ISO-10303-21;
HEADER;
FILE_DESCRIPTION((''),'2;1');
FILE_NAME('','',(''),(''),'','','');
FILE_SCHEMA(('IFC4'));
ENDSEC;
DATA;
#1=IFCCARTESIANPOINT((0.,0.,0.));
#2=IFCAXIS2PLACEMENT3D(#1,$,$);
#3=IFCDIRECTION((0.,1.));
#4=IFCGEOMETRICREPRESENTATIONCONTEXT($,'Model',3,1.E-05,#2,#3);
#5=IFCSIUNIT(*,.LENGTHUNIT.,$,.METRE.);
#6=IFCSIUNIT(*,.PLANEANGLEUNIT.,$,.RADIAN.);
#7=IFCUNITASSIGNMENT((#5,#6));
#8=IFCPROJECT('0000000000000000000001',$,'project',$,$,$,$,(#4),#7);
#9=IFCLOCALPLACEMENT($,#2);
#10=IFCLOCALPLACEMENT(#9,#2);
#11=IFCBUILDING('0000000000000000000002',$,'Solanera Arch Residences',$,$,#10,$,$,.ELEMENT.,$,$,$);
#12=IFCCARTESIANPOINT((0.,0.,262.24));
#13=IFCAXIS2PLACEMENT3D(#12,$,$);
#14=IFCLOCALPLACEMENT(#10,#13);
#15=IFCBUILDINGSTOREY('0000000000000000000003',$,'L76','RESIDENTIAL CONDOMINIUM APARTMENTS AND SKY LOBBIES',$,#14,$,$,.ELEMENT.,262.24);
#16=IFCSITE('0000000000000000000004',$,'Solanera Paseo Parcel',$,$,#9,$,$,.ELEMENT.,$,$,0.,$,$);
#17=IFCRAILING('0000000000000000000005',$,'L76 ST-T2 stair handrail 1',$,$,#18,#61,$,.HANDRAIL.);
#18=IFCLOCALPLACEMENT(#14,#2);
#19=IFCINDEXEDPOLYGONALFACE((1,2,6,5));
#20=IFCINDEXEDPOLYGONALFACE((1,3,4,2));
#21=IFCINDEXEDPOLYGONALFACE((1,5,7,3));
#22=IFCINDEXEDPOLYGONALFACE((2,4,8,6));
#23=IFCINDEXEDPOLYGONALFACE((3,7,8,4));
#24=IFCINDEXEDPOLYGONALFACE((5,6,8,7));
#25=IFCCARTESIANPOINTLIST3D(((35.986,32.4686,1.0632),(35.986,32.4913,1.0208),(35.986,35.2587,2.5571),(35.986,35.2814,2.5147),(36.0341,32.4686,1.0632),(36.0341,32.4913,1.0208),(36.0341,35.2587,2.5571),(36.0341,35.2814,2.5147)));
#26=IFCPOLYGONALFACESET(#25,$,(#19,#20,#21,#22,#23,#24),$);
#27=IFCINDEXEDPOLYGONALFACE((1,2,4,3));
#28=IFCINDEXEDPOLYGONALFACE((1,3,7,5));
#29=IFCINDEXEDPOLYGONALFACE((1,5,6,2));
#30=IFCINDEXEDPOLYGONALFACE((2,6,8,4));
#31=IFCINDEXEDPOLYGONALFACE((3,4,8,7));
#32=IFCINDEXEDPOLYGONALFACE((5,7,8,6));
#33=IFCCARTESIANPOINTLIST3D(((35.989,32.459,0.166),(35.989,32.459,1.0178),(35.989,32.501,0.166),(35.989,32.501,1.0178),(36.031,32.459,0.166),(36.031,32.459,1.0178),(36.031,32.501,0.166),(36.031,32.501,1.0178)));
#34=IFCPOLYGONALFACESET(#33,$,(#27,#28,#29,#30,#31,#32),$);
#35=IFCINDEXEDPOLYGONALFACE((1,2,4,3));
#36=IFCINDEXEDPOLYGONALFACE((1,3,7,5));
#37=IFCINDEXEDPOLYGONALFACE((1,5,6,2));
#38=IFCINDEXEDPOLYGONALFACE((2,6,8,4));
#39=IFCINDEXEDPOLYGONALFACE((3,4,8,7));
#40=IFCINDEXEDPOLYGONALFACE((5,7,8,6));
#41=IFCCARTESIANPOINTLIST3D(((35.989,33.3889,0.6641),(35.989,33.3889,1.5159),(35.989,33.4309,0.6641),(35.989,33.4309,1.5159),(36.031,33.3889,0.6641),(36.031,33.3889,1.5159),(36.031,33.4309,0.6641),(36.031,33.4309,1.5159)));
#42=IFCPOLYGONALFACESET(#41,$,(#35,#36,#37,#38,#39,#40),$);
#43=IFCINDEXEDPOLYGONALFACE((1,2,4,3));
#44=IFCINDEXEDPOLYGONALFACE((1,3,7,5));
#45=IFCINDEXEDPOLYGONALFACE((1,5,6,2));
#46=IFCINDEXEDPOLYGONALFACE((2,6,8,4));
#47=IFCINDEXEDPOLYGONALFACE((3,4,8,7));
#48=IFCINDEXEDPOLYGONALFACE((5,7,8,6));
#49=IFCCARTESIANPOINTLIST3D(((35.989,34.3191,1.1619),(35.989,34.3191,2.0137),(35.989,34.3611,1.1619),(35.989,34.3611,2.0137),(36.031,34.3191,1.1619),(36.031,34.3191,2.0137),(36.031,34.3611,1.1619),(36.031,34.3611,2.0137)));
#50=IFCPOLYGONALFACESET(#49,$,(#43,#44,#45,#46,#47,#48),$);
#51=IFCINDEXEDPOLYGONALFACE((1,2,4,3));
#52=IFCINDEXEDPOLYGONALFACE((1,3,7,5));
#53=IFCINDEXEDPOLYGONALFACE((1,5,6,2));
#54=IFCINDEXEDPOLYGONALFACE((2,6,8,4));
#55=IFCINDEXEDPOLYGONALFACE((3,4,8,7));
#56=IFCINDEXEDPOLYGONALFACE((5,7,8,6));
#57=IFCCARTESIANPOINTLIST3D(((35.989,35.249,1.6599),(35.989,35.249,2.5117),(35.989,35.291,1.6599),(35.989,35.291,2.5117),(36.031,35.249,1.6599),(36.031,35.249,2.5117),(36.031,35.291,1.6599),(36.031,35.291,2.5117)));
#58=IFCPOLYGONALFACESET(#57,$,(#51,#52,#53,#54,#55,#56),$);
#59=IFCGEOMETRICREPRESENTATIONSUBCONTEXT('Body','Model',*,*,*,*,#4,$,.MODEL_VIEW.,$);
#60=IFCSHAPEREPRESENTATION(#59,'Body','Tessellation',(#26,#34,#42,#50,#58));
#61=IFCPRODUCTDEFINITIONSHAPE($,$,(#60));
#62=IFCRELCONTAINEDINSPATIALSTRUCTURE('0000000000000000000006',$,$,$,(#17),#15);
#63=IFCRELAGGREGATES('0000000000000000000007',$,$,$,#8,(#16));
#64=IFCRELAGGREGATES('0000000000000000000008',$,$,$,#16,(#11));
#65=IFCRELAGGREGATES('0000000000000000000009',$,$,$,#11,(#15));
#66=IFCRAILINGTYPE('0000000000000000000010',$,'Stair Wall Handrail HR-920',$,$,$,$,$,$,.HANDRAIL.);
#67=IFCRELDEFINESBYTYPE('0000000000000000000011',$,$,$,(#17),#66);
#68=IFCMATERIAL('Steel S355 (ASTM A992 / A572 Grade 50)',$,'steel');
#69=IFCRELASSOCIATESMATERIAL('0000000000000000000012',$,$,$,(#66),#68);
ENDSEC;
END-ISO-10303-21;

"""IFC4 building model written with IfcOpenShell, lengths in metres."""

from ifc_helpers import new_model, si_unit, direction, frame, origin, origin_2d, place, context, subcontext, project, spatial, rectangle, extrude, material, type_object, element, save


model = new_model("IFC4")

# Units and contexts
model_context = context("Model", 3, precision=1e-05, world=origin(), true_north=direction((0.0, 1.0)))
body_context = subcontext(model_context, "Body", "Model", "MODEL_VIEW")
ifc_project = project(units=[si_unit("LENGTHUNIT", "METRE"), si_unit("PLANEANGLEUNIT", "RADIAN")], contexts=[model_context])

# Site, building, storey
site_placement = place(None, origin())
site = spatial("IfcSite", under=ifc_project, at=site_placement, Name="Solanera Paseo Parcel", CompositionType="ELEMENT", RefElevation=0.0)
building_placement = place(site_placement, origin())
building = spatial("IfcBuilding", under=site, at=building_placement, Name="Solanera Arch Residences", CompositionType="ELEMENT")
storey_placement = place(building_placement, frame((0.0, 0.0, 262.24)))
storey = spatial("IfcBuildingStorey", under=building, at=storey_placement, Name="L76", Description="RESIDENTIAL CONDOMINIUM APARTMENTS AND SKY LOBBIES", CompositionType="ELEMENT", Elevation=262.24)

# Railing
ifc_material_1 = material(Name="Steel S355 (ASTM A992 / A572 Grade 50)", Category="steel")
railing_type_1 = type_object("IfcRailingType", Name="Stair Wall Handrail HR-920", PredefinedType="HANDRAIL", material=ifc_material_1)
railing_1_placement = place(storey_placement, frame((36.01, 32.48, 0.166)))
element("IfcRailing", 1, at=railing_1_placement, inside=storey, type_object=railing_type_1, Name="L76 ST-T2 stair handrail 1", PredefinedType="HANDRAIL", context=body_context, shape_type="SweptSolid", body=[
    extrude(rectangle(XDim=0.0481, YDim=0.0481, at=origin_2d()), frame((0.0, 0.0, 0.876), z_axis=(0.0, 0.881581, 0.472033), x_axis=(-1.0, 0.0, 0.0)), (0.0, 0.0, 1.0), 3.1648),
    extrude(rectangle(XDim=0.042, YDim=0.042, at=origin_2d()), origin(), (0.0, 0.0, 1.0), 0.8518),
    extrude(rectangle(XDim=0.042, YDim=0.042, at=origin_2d()), frame((0.0, 0.9299, 0.498)), (0.0, 0.0, 1.0), 0.8518),
    extrude(rectangle(XDim=0.042, YDim=0.042, at=origin_2d()), frame((0.0, 1.8601, 0.9958)), (0.0, 0.0, 1.0), 0.8518),
    extrude(rectangle(XDim=0.042, YDim=0.042, at=origin_2d()), frame((0.0, 2.79, 1.4939)), (0.0, 0.0, 1.0), 0.8518),
])

save(model, "model.ifc")
